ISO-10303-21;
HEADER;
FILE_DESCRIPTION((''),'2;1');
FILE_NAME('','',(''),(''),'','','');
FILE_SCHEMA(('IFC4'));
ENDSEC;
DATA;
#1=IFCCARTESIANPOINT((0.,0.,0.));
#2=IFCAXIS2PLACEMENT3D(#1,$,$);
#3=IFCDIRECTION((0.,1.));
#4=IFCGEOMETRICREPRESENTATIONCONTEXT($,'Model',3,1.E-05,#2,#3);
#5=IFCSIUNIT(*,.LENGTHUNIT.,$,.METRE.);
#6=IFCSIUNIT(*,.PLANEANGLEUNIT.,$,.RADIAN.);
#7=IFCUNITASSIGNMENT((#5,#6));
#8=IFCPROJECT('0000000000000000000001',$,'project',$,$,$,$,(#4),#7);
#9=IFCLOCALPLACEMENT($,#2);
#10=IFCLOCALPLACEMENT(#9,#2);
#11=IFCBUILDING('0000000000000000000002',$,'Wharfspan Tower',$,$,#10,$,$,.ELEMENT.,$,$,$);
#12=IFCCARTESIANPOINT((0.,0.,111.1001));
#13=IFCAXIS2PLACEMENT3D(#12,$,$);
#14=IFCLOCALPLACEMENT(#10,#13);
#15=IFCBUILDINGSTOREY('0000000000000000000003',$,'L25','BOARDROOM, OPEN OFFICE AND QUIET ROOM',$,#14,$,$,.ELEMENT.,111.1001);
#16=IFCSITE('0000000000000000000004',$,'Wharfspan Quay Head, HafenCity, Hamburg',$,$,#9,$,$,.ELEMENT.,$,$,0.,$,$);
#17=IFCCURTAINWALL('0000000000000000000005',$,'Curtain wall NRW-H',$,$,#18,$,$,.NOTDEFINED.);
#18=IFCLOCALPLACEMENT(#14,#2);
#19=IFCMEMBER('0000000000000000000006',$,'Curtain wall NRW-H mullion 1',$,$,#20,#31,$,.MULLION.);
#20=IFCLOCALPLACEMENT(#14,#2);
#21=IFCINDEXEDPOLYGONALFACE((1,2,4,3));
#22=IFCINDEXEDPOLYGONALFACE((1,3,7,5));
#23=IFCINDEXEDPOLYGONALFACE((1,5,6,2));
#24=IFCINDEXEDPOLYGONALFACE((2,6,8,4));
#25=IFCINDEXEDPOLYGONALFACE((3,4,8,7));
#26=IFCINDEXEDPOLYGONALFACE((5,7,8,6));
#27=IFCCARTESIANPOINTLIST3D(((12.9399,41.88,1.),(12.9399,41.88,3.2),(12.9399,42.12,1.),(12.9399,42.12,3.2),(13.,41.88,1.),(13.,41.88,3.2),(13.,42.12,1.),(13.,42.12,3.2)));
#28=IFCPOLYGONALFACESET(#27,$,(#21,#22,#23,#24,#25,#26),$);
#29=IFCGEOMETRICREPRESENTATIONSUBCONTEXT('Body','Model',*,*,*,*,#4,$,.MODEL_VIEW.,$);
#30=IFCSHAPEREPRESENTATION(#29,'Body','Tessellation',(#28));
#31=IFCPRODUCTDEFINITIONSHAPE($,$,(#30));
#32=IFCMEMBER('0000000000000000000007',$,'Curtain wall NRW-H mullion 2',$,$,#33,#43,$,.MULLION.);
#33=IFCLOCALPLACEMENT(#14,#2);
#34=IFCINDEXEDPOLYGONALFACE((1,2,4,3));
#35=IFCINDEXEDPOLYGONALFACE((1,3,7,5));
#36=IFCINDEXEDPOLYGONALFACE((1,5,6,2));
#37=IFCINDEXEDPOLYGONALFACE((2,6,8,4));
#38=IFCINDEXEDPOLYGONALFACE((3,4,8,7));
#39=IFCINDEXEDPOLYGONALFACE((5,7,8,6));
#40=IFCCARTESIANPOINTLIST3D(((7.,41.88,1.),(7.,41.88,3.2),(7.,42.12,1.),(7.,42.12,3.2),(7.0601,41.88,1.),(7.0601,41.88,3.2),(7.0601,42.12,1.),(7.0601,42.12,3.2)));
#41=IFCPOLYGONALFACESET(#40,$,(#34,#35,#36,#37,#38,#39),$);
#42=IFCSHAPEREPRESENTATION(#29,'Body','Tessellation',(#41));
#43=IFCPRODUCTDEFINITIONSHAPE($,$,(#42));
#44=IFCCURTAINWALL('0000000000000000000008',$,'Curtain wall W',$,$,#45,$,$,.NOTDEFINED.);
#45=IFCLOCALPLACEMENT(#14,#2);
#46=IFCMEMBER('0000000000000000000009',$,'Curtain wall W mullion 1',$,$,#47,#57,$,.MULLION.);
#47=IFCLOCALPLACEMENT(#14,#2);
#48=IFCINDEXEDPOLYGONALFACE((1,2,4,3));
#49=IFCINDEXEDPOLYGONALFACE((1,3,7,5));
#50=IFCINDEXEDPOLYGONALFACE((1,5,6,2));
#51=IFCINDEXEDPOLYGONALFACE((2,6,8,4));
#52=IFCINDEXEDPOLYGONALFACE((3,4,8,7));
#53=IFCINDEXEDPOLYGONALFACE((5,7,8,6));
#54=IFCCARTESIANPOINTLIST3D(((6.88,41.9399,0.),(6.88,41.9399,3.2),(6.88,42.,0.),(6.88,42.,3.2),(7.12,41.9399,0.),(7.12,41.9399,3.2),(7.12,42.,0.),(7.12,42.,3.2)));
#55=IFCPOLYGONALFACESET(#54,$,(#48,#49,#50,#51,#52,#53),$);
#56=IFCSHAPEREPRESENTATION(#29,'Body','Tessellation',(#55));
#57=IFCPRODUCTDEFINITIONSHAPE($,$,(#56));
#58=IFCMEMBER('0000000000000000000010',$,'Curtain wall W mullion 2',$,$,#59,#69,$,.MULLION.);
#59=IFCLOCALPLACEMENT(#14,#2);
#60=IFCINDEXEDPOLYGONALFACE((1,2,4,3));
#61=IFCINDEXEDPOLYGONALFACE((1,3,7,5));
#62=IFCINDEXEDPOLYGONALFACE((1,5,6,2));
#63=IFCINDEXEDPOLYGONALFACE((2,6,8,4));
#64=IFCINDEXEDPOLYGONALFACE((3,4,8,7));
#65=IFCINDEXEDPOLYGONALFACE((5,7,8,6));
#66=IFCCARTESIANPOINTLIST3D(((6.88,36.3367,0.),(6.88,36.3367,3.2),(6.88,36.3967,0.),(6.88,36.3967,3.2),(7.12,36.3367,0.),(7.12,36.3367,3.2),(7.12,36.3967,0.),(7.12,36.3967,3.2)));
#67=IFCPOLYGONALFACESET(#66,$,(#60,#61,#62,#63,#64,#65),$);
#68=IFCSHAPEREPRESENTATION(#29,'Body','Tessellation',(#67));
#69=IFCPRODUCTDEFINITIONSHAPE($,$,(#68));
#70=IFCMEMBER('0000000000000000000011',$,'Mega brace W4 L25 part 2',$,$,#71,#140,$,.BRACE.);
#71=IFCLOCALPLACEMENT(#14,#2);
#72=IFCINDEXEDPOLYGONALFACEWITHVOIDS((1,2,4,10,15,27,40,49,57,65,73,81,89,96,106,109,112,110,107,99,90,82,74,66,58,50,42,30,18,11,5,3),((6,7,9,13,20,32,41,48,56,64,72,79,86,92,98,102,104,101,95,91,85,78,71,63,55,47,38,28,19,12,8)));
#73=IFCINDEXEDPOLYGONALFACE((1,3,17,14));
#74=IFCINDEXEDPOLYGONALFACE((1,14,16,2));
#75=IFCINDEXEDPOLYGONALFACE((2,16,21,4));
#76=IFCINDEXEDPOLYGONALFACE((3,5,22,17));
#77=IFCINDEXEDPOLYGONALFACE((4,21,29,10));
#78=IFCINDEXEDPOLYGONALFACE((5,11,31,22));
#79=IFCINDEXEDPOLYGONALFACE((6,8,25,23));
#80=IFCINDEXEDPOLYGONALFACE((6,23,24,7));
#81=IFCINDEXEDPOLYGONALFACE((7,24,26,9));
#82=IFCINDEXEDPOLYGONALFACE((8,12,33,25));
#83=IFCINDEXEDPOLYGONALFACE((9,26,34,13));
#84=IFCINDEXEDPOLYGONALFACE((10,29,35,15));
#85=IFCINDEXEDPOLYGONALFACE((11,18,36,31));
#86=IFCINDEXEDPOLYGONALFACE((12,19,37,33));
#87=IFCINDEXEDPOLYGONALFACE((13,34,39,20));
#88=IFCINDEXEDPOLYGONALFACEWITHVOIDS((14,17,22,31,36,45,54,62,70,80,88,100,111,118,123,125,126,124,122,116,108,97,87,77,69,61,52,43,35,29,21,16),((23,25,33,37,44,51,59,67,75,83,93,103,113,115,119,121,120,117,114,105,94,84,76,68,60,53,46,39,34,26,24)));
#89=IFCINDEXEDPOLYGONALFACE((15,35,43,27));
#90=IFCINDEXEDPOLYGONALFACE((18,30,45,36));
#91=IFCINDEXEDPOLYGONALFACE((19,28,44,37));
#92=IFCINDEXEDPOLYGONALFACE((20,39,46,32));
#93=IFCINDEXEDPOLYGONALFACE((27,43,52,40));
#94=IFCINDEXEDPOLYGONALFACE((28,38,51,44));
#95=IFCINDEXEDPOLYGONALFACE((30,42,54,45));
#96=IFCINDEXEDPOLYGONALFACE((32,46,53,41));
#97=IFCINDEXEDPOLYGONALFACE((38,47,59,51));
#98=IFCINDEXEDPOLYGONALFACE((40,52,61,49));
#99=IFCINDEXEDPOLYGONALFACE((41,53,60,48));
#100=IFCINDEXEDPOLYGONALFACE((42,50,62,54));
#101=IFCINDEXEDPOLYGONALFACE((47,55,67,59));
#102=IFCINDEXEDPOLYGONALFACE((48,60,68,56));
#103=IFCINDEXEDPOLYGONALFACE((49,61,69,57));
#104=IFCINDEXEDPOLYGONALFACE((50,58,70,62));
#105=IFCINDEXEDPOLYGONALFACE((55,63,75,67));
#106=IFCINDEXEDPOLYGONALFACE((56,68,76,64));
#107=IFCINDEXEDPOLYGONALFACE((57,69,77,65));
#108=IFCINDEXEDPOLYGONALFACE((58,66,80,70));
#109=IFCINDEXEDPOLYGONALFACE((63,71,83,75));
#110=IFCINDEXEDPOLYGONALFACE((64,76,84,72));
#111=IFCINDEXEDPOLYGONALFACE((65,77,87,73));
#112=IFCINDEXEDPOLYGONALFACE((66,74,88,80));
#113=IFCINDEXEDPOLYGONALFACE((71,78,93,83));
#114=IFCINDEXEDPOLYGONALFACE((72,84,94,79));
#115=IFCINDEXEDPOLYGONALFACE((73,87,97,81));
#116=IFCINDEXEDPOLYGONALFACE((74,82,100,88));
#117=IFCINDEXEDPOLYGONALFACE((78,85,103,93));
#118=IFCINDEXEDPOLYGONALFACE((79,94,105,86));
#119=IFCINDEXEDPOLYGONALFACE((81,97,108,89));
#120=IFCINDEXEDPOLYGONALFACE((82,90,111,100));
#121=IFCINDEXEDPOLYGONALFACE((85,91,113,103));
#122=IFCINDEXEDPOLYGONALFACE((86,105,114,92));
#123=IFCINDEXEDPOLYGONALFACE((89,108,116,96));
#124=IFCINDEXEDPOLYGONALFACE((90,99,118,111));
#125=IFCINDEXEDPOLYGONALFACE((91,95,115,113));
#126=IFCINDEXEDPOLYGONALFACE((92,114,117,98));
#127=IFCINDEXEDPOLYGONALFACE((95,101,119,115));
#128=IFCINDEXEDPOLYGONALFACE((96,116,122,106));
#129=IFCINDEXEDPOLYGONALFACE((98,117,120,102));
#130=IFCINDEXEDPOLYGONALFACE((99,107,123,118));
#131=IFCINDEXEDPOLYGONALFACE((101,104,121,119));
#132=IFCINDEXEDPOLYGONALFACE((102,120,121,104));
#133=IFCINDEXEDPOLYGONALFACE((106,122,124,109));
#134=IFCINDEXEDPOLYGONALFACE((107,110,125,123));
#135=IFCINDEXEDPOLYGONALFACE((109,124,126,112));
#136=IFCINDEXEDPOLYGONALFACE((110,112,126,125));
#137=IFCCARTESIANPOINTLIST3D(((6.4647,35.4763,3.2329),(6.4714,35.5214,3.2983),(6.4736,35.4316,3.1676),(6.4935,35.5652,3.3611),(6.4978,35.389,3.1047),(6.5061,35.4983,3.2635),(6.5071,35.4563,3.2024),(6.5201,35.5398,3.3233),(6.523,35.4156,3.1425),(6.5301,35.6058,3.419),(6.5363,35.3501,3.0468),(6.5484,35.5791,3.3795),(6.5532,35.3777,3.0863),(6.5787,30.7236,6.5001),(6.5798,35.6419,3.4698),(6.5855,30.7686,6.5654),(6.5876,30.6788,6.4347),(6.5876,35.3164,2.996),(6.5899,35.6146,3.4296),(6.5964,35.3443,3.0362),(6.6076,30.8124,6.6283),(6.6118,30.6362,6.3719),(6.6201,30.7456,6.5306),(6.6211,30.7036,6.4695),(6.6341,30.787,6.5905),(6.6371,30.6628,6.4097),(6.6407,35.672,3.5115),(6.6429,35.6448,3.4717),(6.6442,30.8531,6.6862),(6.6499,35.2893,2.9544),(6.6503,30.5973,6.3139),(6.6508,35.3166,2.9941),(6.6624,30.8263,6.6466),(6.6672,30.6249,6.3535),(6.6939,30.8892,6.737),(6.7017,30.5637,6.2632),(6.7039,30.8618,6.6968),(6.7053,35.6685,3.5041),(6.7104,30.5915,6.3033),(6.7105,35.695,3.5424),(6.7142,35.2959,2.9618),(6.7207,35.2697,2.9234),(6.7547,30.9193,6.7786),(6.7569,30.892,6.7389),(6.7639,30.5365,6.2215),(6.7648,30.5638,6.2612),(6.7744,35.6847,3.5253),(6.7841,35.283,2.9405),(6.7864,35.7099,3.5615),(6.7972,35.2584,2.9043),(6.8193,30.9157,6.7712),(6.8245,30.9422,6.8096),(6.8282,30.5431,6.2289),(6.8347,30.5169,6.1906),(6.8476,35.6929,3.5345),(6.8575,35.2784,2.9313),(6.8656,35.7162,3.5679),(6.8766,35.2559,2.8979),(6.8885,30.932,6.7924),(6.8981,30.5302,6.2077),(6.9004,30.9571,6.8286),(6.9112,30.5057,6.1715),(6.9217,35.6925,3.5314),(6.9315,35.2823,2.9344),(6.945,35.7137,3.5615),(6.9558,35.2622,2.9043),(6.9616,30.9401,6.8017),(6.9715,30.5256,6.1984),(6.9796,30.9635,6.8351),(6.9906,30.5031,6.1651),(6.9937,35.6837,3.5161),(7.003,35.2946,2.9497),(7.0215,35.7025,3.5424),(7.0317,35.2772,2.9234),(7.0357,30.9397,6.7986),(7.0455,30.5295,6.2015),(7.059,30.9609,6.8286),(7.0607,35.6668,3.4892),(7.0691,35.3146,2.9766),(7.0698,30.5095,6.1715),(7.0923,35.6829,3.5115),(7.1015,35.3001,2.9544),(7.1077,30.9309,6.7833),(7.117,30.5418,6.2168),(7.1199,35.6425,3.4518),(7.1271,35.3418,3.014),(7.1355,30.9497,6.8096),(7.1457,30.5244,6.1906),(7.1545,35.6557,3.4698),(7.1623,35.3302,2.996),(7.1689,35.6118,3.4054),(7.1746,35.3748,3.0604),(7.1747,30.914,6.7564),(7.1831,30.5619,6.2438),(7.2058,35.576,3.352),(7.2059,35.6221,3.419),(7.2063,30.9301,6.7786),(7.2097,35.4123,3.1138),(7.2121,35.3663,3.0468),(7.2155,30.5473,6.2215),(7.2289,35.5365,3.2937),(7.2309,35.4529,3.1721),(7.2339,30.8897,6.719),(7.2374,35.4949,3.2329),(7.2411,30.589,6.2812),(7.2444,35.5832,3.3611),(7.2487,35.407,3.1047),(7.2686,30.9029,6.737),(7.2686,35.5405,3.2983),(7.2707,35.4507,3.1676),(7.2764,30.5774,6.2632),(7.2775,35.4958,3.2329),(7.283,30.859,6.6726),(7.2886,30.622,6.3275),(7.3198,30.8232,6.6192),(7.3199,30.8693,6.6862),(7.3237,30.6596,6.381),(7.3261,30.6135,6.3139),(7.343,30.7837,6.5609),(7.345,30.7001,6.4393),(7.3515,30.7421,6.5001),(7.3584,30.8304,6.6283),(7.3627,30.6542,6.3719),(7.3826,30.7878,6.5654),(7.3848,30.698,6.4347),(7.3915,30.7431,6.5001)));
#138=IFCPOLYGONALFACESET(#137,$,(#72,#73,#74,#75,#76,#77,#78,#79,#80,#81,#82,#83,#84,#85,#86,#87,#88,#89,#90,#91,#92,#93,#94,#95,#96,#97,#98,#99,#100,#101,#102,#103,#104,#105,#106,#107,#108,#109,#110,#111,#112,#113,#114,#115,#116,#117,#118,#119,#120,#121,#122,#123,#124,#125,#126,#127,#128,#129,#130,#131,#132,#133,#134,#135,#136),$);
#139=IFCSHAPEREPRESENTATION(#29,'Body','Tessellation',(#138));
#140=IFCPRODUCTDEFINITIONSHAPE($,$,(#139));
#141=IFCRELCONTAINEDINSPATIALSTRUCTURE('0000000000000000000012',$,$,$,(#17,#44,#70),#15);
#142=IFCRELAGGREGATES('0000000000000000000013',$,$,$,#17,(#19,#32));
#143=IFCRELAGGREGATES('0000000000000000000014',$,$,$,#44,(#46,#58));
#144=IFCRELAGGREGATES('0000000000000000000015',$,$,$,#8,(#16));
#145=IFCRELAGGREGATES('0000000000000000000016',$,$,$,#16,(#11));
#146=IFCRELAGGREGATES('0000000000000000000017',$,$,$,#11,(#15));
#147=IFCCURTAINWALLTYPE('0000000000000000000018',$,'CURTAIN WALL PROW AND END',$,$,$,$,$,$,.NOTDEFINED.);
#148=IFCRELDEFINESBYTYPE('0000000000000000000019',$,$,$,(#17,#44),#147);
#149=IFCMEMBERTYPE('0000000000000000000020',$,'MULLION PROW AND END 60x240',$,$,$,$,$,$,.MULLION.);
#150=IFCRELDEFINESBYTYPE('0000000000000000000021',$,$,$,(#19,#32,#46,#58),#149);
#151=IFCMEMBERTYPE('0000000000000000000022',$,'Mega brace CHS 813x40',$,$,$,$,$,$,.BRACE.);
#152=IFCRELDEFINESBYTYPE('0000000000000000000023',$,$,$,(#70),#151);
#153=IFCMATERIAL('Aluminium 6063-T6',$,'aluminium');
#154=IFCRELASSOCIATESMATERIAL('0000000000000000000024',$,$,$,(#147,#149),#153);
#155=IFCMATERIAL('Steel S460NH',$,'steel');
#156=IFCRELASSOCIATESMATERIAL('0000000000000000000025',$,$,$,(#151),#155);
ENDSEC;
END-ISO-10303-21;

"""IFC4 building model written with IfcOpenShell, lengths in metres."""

from ifc_helpers import new_model, si_unit, direction, frame, origin, origin_2d, place, context, subcontext, project, spatial, rectangle, hollow_circle, extrude, material, material_profile, profile_set, type_object, element, aggregate, save


model = new_model("IFC4")

# Units and contexts
model_context = context("Model", 3, precision=1e-05, world=origin(), true_north=direction((0.0, 1.0)))
body_context = subcontext(model_context, "Body", "Model", "MODEL_VIEW")
ifc_project = project(units=[si_unit("LENGTHUNIT", "METRE"), si_unit("PLANEANGLEUNIT", "RADIAN")], contexts=[model_context])

# Site, building, storey
site_placement = place(None, origin())
site = spatial("IfcSite", under=ifc_project, at=site_placement, Name="Wharfspan Quay Head, HafenCity, Hamburg", CompositionType="ELEMENT", RefElevation=0.0)
building_placement = place(site_placement, origin())
building = spatial("IfcBuilding", under=site, at=building_placement, Name="Wharfspan Tower", CompositionType="ELEMENT")
storey_placement = place(building_placement, frame((0.0, 0.0, 111.1001)))
storey = spatial("IfcBuildingStorey", under=building, at=storey_placement, Name="L25", Description="BOARDROOM, OPEN OFFICE AND QUIET ROOM", CompositionType="ELEMENT", Elevation=111.1001)

# Curtain walls, members
ifc_material_1 = material(Name="Aluminium 6063-T6", Category="aluminium")
curtain_wall_type = type_object("IfcCurtainWallType", Name="CURTAIN WALL PROW AND END", PredefinedType="NOTDEFINED", material=ifc_material_1)
ifc_material_profile_1 = material_profile(ifc_material_1, rectangle(XDim=0.24, YDim=0.0601, at=origin_2d()))
ifc_profile_set_1 = profile_set([ifc_material_profile_1], Name="Aluminium 6063-T6")
member_type_1 = type_object("IfcMemberType", Name="MULLION PROW AND END 60x240", PredefinedType="MULLION", material=ifc_profile_set_1)
curtain_wall_1_placement = place(storey_placement, origin())
curtain_wall_1 = element("IfcCurtainWall", 1, at=curtain_wall_1_placement, inside=storey, type_object=curtain_wall_type, Name="Curtain wall NRW-H", PredefinedType="NOTDEFINED")
member_1_placement = place(storey_placement, frame((12.97, 42.0, 1.0), z_axis=(0.0, 0.0, 1.0), x_axis=(0.0, -1.0, 0.0)))
member_1 = element("IfcMember", 2, at=member_1_placement, type_object=member_type_1, Name="Curtain wall NRW-H mullion 1", PredefinedType="MULLION", context=body_context, shape_type="SweptSolid", body=[
    extrude(rectangle(XDim=0.24, YDim=0.0601, at=origin_2d()), origin(), (0.0, 0.0, 1.0), 2.2),
])
member_2_placement = place(storey_placement, frame((7.03, 42.0, 1.0), z_axis=(0.0, 0.0, 1.0), x_axis=(0.0, -1.0, 0.0)))
member_2 = element("IfcMember", 3, at=member_2_placement, type_object=member_type_1, Name="Curtain wall NRW-H mullion 2", PredefinedType="MULLION", context=body_context, shape_type="SweptSolid", body=[
    extrude(rectangle(XDim=0.24, YDim=0.0601, at=origin_2d()), origin(), (0.0, 0.0, 1.0), 2.2),
])
curtain_wall_2_placement = place(storey_placement, origin())
curtain_wall_2 = element("IfcCurtainWall", 4, at=curtain_wall_2_placement, inside=storey, type_object=curtain_wall_type, Name="Curtain wall W", PredefinedType="NOTDEFINED")
member_3_placement = place(storey_placement, frame((7.0, 41.97, 0.0), z_axis=(0.0, 0.0, 1.0), x_axis=(1.0, 0.0, 0.0)))
member_3 = element("IfcMember", 5, at=member_3_placement, type_object=member_type_1, Name="Curtain wall W mullion 1", PredefinedType="MULLION", context=body_context, shape_type="SweptSolid", body=[
    extrude(rectangle(XDim=0.24, YDim=0.0601, at=origin_2d()), origin(), (0.0, 0.0, 1.0), 3.2),
])
member_4_placement = place(storey_placement, frame((7.0, 36.3667, 0.0), z_axis=(0.0, 0.0, 1.0), x_axis=(1.0, 0.0, 0.0)))
member_4 = element("IfcMember", 6, at=member_4_placement, type_object=member_type_1, Name="Curtain wall W mullion 2", PredefinedType="MULLION", context=body_context, shape_type="SweptSolid", body=[
    extrude(rectangle(XDim=0.24, YDim=0.0601, at=origin_2d()), origin(), (0.0, 0.0, 1.0), 3.2),
])

# Member
ifc_material_2 = material(Name="Steel S460NH", Category="steel")
ifc_material_profile_2 = material_profile(ifc_material_2, hollow_circle(Radius=0.4065, WallThickness=0.04, at=origin_2d()))
ifc_profile_set_2 = profile_set([ifc_material_profile_2], Name="Steel S460NH")
member_type_2 = type_object("IfcMemberType", Name="Mega brace CHS 813x40", PredefinedType="BRACE", material=ifc_profile_set_2)
for number, where, z_axis, x_axis, name in (
    (7, (6.8711, 35.4861, 3.2329), (0.019765, -0.823912, 0.566373), (0.999715, 0.023981, -0.000002), "Mega brace W4 L25 part 2"),
):
    element("IfcMember", number, at=place(storey_placement, frame(where, z_axis=z_axis, x_axis=x_axis)), inside=storey, type_object=member_type_2, Name=name, PredefinedType="BRACE", context=body_context, shape_type="SweptSolid", body=[
        extrude(hollow_circle(Radius=0.4065, WallThickness=0.04, at=origin_2d()), origin(), (0.0, 0.0, 1.0), 5.7686),
    ])

aggregate(curtain_wall_1, [member_1, member_2])
aggregate(curtain_wall_2, [member_3, member_4])

save(model, "model.ifc")
